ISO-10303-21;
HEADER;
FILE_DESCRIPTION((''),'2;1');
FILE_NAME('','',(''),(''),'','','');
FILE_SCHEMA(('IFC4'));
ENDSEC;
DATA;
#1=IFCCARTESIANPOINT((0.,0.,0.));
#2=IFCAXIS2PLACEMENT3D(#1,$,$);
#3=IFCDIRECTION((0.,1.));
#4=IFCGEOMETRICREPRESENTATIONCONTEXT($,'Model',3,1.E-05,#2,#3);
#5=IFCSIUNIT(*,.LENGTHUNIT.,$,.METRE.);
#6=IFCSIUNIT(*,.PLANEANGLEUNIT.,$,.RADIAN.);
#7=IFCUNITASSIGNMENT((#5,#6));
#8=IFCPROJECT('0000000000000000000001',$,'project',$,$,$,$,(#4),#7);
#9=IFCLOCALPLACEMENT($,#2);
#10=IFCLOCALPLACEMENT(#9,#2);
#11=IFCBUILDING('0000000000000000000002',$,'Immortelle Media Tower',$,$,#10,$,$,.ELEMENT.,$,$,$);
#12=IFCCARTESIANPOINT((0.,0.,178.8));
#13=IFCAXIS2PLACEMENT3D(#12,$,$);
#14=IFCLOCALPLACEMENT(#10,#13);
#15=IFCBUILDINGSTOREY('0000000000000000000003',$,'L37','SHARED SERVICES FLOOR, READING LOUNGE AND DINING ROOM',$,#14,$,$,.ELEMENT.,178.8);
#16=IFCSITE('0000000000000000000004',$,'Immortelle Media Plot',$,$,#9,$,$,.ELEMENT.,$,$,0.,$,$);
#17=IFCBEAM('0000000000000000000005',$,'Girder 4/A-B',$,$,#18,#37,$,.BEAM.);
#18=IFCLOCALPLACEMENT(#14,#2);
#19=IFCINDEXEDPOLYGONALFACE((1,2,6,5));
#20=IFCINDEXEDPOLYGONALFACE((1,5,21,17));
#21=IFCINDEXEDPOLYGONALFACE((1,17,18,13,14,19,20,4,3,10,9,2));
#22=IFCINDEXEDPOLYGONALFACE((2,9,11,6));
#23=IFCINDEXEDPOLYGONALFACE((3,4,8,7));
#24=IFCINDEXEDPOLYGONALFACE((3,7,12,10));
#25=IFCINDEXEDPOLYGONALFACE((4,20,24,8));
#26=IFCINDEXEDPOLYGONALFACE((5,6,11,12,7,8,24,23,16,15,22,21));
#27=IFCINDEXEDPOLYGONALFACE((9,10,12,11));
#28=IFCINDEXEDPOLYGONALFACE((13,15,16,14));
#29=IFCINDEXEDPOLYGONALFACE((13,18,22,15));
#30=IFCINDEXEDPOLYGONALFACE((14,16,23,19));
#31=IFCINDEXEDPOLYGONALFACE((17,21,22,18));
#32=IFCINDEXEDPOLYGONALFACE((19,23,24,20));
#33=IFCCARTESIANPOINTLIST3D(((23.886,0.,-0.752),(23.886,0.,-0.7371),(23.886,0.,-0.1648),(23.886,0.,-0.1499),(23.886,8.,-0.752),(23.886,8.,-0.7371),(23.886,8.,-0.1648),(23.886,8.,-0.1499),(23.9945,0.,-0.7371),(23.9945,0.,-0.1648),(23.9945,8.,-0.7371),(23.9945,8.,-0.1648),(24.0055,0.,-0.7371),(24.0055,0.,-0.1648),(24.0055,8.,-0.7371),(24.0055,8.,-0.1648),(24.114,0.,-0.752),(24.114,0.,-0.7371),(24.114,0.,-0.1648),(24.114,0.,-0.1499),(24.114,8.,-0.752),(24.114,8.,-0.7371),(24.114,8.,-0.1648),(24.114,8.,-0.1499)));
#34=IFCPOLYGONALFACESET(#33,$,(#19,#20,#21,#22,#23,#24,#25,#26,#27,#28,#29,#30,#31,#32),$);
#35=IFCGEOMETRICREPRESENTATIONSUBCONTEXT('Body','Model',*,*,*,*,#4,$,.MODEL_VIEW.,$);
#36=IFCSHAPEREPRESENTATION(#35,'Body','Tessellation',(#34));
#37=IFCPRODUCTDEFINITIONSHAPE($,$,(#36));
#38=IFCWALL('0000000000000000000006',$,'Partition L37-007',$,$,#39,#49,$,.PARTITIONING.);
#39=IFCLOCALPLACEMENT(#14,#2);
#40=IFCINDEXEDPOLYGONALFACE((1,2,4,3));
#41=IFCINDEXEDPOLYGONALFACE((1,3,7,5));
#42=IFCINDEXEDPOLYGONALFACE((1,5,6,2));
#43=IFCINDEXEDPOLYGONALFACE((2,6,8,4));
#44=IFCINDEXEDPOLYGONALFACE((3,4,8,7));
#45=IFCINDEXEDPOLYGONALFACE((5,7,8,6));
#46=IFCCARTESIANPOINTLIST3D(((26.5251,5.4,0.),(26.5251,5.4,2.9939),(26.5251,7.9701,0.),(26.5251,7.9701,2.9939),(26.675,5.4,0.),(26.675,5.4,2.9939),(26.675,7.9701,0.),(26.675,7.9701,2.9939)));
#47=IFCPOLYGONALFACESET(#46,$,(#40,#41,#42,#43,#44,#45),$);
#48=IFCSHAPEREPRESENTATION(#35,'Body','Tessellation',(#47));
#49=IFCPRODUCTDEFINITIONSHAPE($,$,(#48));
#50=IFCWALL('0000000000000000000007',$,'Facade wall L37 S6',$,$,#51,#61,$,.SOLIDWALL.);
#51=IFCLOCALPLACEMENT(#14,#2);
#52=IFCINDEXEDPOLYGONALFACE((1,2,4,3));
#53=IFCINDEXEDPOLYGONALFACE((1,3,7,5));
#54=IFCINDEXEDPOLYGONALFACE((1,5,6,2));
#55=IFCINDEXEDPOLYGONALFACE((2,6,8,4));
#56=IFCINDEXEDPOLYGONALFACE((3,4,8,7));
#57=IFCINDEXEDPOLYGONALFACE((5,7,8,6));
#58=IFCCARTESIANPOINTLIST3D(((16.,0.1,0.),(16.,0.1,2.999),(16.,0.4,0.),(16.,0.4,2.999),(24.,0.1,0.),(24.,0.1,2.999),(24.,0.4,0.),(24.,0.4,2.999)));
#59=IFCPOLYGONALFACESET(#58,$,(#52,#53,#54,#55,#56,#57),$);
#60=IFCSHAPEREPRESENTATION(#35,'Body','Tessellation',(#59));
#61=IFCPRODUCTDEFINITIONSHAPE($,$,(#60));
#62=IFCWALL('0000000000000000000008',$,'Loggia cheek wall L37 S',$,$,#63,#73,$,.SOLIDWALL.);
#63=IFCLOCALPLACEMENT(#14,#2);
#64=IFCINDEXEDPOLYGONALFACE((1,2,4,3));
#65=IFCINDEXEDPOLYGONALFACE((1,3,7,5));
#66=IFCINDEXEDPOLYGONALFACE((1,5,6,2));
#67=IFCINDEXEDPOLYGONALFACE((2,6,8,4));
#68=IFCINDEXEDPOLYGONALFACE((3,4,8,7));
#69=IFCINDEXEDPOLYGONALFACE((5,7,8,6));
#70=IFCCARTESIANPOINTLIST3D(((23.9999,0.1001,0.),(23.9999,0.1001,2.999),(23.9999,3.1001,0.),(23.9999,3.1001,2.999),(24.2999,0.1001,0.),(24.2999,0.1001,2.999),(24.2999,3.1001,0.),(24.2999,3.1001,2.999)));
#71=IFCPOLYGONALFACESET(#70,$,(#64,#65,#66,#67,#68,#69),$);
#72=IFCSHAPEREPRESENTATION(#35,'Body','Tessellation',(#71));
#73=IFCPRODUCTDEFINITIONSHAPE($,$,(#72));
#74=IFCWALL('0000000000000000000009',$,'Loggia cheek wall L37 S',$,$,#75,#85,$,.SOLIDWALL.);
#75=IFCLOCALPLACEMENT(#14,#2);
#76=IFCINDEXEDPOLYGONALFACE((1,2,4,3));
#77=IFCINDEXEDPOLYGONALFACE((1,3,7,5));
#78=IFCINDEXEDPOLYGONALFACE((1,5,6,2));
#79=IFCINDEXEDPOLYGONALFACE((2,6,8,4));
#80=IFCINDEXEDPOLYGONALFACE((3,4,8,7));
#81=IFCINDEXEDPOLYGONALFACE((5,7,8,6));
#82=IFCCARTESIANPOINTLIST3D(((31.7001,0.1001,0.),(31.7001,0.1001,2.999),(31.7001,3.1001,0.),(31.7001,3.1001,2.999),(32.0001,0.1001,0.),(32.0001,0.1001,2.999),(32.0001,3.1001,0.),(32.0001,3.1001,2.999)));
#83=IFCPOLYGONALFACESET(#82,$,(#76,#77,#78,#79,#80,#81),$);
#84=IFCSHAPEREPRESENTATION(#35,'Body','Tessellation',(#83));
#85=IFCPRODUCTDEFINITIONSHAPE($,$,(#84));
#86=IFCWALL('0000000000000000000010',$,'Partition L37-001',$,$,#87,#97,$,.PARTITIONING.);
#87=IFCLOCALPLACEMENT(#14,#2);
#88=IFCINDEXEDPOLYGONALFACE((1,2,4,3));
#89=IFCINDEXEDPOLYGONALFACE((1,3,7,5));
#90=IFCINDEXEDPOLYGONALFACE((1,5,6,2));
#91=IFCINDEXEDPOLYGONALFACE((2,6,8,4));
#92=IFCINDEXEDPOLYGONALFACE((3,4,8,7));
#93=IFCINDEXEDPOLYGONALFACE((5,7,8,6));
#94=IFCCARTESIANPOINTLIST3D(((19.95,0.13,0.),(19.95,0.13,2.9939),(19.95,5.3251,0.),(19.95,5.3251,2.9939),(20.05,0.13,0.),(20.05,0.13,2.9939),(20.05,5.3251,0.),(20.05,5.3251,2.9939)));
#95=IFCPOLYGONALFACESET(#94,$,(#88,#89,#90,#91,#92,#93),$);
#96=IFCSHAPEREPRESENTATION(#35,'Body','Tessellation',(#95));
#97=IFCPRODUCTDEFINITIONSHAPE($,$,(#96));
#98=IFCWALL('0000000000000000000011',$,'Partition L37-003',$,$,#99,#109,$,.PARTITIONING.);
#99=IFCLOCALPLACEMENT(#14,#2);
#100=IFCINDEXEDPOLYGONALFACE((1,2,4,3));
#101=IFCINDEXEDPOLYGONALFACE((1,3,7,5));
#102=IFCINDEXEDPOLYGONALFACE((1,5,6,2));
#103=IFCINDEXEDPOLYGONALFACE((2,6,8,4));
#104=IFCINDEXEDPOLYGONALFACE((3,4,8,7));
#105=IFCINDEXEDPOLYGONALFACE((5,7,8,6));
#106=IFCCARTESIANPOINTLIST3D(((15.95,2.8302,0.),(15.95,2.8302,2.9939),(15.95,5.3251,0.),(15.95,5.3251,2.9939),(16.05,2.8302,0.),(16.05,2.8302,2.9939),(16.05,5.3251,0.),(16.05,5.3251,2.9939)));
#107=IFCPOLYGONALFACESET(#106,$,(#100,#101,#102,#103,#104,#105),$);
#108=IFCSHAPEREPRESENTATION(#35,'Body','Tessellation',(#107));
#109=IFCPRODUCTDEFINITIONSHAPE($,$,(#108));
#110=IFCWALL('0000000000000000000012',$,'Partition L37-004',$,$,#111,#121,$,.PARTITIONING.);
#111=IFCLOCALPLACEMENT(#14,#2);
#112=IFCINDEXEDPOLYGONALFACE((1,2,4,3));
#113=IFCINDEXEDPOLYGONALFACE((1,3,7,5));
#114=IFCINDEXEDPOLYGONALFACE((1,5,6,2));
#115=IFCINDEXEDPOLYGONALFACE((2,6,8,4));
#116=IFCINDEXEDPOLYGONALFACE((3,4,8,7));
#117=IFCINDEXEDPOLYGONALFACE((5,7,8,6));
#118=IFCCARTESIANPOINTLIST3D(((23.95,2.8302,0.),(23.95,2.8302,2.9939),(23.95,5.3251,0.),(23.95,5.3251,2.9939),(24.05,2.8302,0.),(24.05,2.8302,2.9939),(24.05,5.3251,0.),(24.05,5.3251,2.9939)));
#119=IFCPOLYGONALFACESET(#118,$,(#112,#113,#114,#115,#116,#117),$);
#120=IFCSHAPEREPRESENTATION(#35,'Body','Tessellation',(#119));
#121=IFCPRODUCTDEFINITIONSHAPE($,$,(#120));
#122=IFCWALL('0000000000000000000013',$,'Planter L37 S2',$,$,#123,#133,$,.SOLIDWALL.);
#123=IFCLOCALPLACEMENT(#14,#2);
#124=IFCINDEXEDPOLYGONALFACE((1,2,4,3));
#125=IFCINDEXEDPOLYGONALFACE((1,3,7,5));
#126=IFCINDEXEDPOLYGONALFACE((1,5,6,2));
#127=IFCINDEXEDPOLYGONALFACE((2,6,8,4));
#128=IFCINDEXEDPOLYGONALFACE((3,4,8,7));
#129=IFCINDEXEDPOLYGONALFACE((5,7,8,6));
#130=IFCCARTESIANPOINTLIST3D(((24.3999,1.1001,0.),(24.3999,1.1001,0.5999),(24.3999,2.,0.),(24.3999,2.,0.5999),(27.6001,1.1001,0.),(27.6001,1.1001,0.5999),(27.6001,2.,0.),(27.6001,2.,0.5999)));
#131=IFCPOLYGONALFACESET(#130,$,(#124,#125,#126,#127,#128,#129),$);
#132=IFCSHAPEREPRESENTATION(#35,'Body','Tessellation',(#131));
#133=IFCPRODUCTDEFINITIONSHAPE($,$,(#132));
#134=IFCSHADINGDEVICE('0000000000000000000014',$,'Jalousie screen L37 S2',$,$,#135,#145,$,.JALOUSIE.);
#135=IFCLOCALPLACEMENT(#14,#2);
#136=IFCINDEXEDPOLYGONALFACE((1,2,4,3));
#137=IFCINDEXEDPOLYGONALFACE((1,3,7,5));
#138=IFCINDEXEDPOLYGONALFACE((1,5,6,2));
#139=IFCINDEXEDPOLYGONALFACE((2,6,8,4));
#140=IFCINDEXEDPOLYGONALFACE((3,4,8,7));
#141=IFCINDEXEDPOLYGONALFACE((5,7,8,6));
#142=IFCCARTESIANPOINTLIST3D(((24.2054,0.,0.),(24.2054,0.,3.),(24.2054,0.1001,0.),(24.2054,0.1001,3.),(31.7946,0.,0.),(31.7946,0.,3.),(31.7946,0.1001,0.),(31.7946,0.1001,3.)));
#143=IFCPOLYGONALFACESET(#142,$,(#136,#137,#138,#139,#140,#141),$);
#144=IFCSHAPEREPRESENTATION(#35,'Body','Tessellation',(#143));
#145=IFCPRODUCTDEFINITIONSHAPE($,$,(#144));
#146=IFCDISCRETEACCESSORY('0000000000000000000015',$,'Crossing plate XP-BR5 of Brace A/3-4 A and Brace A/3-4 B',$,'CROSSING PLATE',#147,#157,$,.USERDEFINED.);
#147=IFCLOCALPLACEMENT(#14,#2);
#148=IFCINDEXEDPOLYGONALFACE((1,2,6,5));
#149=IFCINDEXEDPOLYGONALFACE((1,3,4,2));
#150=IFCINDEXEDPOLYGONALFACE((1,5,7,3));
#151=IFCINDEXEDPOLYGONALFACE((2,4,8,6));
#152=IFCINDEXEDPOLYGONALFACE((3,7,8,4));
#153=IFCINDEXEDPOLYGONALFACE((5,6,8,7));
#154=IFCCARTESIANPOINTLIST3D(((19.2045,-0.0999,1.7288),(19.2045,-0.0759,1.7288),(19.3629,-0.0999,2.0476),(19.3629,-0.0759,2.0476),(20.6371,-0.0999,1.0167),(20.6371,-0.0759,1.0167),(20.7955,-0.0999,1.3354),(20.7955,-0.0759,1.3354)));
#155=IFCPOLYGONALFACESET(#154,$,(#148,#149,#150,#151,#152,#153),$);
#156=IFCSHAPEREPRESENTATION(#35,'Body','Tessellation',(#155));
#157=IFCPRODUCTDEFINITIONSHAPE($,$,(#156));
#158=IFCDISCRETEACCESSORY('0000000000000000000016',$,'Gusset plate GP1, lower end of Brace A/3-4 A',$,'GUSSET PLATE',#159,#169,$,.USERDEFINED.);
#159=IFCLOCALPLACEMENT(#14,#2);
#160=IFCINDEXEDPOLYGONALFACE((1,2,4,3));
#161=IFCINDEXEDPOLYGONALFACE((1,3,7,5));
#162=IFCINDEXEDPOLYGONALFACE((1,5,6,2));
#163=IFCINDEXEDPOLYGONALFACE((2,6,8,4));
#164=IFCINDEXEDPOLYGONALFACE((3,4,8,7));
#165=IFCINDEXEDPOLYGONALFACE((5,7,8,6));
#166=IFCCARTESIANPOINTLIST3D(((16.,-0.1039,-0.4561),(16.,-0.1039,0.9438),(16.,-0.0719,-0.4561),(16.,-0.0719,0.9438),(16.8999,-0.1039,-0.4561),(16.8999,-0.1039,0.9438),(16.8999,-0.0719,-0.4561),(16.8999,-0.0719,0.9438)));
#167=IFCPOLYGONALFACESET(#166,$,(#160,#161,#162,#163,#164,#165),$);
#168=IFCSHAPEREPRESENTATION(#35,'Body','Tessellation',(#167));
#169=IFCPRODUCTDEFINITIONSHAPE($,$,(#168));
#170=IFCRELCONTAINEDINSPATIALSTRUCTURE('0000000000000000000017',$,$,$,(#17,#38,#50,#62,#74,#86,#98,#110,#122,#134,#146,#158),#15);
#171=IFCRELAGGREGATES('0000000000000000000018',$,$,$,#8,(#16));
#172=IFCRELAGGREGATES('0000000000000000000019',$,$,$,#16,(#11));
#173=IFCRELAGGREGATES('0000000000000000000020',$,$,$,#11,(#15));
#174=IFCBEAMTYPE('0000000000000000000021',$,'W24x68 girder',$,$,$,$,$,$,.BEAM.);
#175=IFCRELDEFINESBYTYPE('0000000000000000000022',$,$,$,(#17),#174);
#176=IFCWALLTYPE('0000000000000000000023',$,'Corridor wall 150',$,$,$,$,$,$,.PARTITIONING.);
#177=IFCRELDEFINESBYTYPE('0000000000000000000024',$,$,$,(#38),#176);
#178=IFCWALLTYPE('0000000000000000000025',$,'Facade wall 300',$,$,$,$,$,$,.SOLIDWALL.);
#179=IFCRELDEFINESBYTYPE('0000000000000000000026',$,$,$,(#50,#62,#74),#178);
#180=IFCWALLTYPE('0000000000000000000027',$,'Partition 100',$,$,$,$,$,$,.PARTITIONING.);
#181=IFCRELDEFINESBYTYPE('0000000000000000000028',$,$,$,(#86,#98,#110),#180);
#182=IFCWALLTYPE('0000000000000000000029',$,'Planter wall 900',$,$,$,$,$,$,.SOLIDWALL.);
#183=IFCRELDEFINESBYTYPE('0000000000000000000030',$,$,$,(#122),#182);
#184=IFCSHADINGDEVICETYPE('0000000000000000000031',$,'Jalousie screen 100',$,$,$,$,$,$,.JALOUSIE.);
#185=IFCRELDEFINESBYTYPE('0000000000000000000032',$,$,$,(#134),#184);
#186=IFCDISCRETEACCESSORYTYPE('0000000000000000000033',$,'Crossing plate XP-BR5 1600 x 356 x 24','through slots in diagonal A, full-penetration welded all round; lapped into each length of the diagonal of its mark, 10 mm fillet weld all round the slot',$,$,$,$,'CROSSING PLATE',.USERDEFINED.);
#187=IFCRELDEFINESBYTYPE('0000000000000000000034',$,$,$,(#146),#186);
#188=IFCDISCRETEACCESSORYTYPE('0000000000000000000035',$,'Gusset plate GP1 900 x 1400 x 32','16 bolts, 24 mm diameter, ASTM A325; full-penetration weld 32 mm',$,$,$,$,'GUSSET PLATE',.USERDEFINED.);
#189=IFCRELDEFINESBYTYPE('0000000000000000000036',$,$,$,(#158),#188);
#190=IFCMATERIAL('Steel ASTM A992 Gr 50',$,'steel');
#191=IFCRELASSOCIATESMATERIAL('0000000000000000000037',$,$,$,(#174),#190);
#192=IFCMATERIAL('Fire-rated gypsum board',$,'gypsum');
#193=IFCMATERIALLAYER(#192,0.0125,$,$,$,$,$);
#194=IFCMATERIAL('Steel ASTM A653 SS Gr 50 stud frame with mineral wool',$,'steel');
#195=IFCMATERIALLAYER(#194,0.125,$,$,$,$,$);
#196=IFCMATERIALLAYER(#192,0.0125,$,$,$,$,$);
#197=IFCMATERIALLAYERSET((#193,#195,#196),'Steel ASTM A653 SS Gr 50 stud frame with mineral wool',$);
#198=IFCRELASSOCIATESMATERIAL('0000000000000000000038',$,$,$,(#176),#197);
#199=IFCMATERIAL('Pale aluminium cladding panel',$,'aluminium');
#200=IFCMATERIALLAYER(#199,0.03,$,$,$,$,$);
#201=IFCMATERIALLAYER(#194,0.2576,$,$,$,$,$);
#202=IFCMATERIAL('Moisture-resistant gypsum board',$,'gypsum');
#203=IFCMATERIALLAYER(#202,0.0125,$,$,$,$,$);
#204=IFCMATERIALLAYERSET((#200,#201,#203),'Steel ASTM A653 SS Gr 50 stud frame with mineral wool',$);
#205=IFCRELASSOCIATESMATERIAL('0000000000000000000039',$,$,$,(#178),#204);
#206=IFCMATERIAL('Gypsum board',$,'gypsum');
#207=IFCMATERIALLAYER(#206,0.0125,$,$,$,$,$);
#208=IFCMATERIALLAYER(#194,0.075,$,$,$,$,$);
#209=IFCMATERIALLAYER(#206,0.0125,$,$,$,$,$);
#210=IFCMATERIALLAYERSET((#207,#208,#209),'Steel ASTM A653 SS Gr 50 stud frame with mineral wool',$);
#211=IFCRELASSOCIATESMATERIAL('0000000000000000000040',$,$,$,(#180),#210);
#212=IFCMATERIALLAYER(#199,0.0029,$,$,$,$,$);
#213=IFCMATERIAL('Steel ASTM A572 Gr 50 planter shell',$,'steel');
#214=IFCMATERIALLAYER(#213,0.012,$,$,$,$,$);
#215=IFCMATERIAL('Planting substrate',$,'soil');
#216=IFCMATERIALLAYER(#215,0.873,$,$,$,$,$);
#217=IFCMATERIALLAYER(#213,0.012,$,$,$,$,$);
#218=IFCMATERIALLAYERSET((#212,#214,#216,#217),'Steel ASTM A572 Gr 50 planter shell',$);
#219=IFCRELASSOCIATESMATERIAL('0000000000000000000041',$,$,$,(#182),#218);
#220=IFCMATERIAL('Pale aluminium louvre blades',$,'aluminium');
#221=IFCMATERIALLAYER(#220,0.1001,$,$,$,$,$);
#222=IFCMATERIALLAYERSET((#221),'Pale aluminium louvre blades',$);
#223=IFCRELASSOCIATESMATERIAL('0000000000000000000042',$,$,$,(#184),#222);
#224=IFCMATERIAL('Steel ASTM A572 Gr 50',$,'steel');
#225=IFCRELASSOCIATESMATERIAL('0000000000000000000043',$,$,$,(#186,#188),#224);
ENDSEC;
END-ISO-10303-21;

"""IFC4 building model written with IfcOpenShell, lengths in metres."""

from ifc_helpers import new_model, si_unit, direction, frame, frame_2d, origin, origin_2d, place, context, subcontext, project, spatial, rectangle, i_section, extrude, material, layer, layer_set, material_profile, profile_set, type_object, element, save


model = new_model("IFC4")

# Units and contexts
model_context = context("Model", 3, precision=1e-05, world=origin(), true_north=direction((0.0, 1.0)))
body_context = subcontext(model_context, "Body", "Model", "MODEL_VIEW")
ifc_project = project(units=[si_unit("LENGTHUNIT", "METRE"), si_unit("PLANEANGLEUNIT", "RADIAN")], contexts=[model_context])

# Site, building, storey
site_placement = place(None, origin())
site = spatial("IfcSite", under=ifc_project, at=site_placement, Name="Immortelle Media Plot", CompositionType="ELEMENT", RefElevation=0.0)
building_placement = place(site_placement, origin())
building = spatial("IfcBuilding", under=site, at=building_placement, Name="Immortelle Media Tower", CompositionType="ELEMENT")
storey_placement = place(building_placement, frame((0.0, 0.0, 178.8)))
storey = spatial("IfcBuildingStorey", under=building, at=storey_placement, Name="L37", Description="SHARED SERVICES FLOOR, READING LOUNGE AND DINING ROOM", CompositionType="ELEMENT", Elevation=178.8)

# Shared definitions
ifc_material_1 = material(Name="Steel ASTM A992 Gr 50", Category="steel")

# Beam
ifc_material_profile_1 = material_profile(ifc_material_1, i_section(OverallWidth=0.228, OverallDepth=0.6021, WebThickness=0.011, FlangeThickness=0.0149, at=origin_2d()), Name="W24x68")
ifc_profile_set_1 = profile_set([ifc_material_profile_1], Name="Steel ASTM A992 Gr 50")
beam_type_1 = type_object("IfcBeamType", Name="W24x68 girder", PredefinedType="BEAM", material=ifc_profile_set_1)
for number, where, z_axis, x_axis, name in (
    (1, (24.0, 0.0, -0.4509), (0.0, 1.0, 0.0), (-1.0, 0.0, 0.0), "Girder 4/A-B"),
):
    element("IfcBeam", number, at=place(storey_placement, frame(where, z_axis=z_axis, x_axis=x_axis)), inside=storey, type_object=beam_type_1, Name=name, PredefinedType="BEAM", context=body_context, shape_type="SweptSolid", body=[
        extrude(i_section(OverallWidth=0.228, OverallDepth=0.6021, WebThickness=0.011, FlangeThickness=0.0149, at=origin_2d()), origin(), (0.0, 0.0, 1.0), 8.0),
    ])

# Walls
ifc_material_2 = material(Name="Fire-rated gypsum board", Category="gypsum")
ifc_layer_1 = layer(ifc_material_2, 0.0125)
ifc_material_3 = material(Name="Steel ASTM A653 SS Gr 50 stud frame with mineral wool", Category="steel")
ifc_layer_2 = layer(ifc_material_3, 0.125)
ifc_layer_3 = layer(ifc_material_2, 0.0125)
ifc_layer_set_1 = layer_set([ifc_layer_1, ifc_layer_2, ifc_layer_3], Name="Steel ASTM A653 SS Gr 50 stud frame with mineral wool")
wall_type_1 = type_object("IfcWallType", Name="Corridor wall 150", PredefinedType="PARTITIONING", material=ifc_layer_set_1)
wall_1_placement = place(storey_placement, frame((26.6001, 5.3999, 0.0), z_axis=(0.0, 0.0, 1.0), x_axis=(0.0, 1.0, 0.0)))
element("IfcWall", 2, at=wall_1_placement, inside=storey, type_object=wall_type_1, Name="Partition L37-007", PredefinedType="PARTITIONING", context=body_context, shape_type="SweptSolid", body=[
    extrude(rectangle(XDim=2.5701, YDim=0.1499, at=frame_2d((1.2852, 0.0))), origin(), (0.0, 0.0, 1.0), 2.9939),
])
ifc_material_4 = material(Name="Pale aluminium cladding panel", Category="aluminium")
ifc_layer_4 = layer(ifc_material_4, 0.03)
ifc_layer_5 = layer(ifc_material_3, 0.2576)
ifc_material_5 = material(Name="Moisture-resistant gypsum board", Category="gypsum")
ifc_layer_6 = layer(ifc_material_5, 0.0125)
ifc_layer_set_2 = layer_set([ifc_layer_4, ifc_layer_5, ifc_layer_6], Name="Steel ASTM A653 SS Gr 50 stud frame with mineral wool")
wall_type_2 = type_object("IfcWallType", Name="Facade wall 300", PredefinedType="SOLIDWALL", material=ifc_layer_set_2)
wall_2_placement = place(storey_placement, frame((16.0, 0.25, 0.0), z_axis=(0.0, 0.0, 1.0), x_axis=(1.0, 0.0, 0.0)))
element("IfcWall", 3, at=wall_2_placement, inside=storey, type_object=wall_type_2, Name="Facade wall L37 S6", PredefinedType="SOLIDWALL", context=body_context, shape_type="SweptSolid", body=[
    extrude(rectangle(XDim=8.0, YDim=0.3, at=frame_2d((4.0, 0.0))), origin(), (0.0, 0.0, 1.0), 2.999),
])

# Walls
for number, where, z_axis, x_axis, name in (
    (4, (24.1499, 0.1001, 0.0), (0.0, 0.0, 1.0), (0.0, 1.0, 0.0), "Loggia cheek wall L37 S"),
    (5, (31.8501, 0.1001, 0.0), (0.0, 0.0, 1.0), (0.0, 1.0, 0.0), "Loggia cheek wall L37 S"),
):
    element("IfcWall", number, at=place(storey_placement, frame(where, z_axis=z_axis, x_axis=x_axis)), inside=storey, type_object=wall_type_2, Name=name, PredefinedType="SOLIDWALL", context=body_context, shape_type="SweptSolid", body=[
        extrude(rectangle(XDim=3.0, YDim=0.3, at=frame_2d((1.5, 0.0))), origin(), (0.0, 0.0, 1.0), 2.999),
    ])
ifc_material_6 = material(Name="Gypsum board", Category="gypsum")
ifc_layer_7 = layer(ifc_material_6, 0.0125)
ifc_layer_8 = layer(ifc_material_3, 0.075)
ifc_layer_9 = layer(ifc_material_6, 0.0125)
ifc_layer_set_3 = layer_set([ifc_layer_7, ifc_layer_8, ifc_layer_9], Name="Steel ASTM A653 SS Gr 50 stud frame with mineral wool")
wall_type_3 = type_object("IfcWallType", Name="Partition 100", PredefinedType="PARTITIONING", material=ifc_layer_set_3)
wall_3_placement = place(storey_placement, frame((20.0, 0.1299, 0.0), z_axis=(0.0, 0.0, 1.0), x_axis=(0.0, 1.0, 0.0)))
element("IfcWall", 6, at=wall_3_placement, inside=storey, type_object=wall_type_3, Name="Partition L37-001", PredefinedType="PARTITIONING", context=body_context, shape_type="SweptSolid", body=[
    extrude(rectangle(XDim=5.1951, YDim=0.1001, at=frame_2d((2.5977, 0.0))), origin(), (0.0, 0.0, 1.0), 2.9939),
])
for number, where, z_axis, x_axis, name in (
    (7, (16.0, 2.8301, 0.0), (0.0, 0.0, 1.0), (0.0, 1.0, 0.0), "Partition L37-003"),
    (8, (24.0, 2.8301, 0.0), (0.0, 0.0, 1.0), (0.0, 1.0, 0.0), "Partition L37-004"),
):
    element("IfcWall", number, at=place(storey_placement, frame(where, z_axis=z_axis, x_axis=x_axis)), inside=storey, type_object=wall_type_3, Name=name, PredefinedType="PARTITIONING", context=body_context, shape_type="SweptSolid", body=[
        extrude(rectangle(XDim=2.4949, YDim=0.1001, at=frame_2d((1.2476, 0.0))), origin(), (0.0, 0.0, 1.0), 2.9939),
    ])
ifc_layer_10 = layer(ifc_material_4, 0.0029)
ifc_material_7 = material(Name="Steel ASTM A572 Gr 50 planter shell", Category="steel")
ifc_layer_11 = layer(ifc_material_7, 0.012)
ifc_material_8 = material(Name="Planting substrate", Category="soil")
ifc_layer_12 = layer(ifc_material_8, 0.873)
ifc_layer_13 = layer(ifc_material_7, 0.012)
ifc_layer_set_4 = layer_set([ifc_layer_10, ifc_layer_11, ifc_layer_12, ifc_layer_13], Name="Steel ASTM A572 Gr 50 planter shell")
wall_type_4 = type_object("IfcWallType", Name="Planter wall 900", PredefinedType="SOLIDWALL", material=ifc_layer_set_4)
wall_4_placement = place(storey_placement, frame((24.3999, 1.55, 0.0), z_axis=(0.0, 0.0, 1.0), x_axis=(1.0, 0.0, 0.0)))
element("IfcWall", 9, at=wall_4_placement, inside=storey, type_object=wall_type_4, Name="Planter L37 S2", PredefinedType="SOLIDWALL", context=body_context, shape_type="SweptSolid", body=[
    extrude(rectangle(XDim=3.2002, YDim=0.8999, at=frame_2d((1.6001, 0.0))), origin(), (0.0, 0.0, 1.0), 0.5999),
])

# Shading device
ifc_material_9 = material(Name="Pale aluminium louvre blades", Category="aluminium")
ifc_layer_14 = layer(ifc_material_9, 0.1001)
ifc_layer_set_5 = layer_set([ifc_layer_14], Name="Pale aluminium louvre blades")
shading_device_type = type_object("IfcShadingDeviceType", Name="Jalousie screen 100", PredefinedType="JALOUSIE", material=ifc_layer_set_5)
shading_device_placement = place(storey_placement, frame((28.0, 0.05, 0.0), z_axis=(0.0, 0.0, 1.0), x_axis=(1.0, 0.0, 0.0)))
element("IfcShadingDevice", 10, at=shading_device_placement, inside=storey, type_object=shading_device_type, Name="Jalousie screen L37 S2", PredefinedType="JALOUSIE", context=body_context, shape_type="SweptSolid", body=[
    extrude(rectangle(XDim=7.5891, YDim=0.1001, at=origin_2d()), origin(), (0.0, 0.0, 1.0), 3.0),
])

# Discrete accessories
ifc_material_10 = material(Name="Steel ASTM A572 Gr 50", Category="steel")
ifc_material_profile_2 = material_profile(ifc_material_10, rectangle(XDim=0.0239, YDim=0.356, at=origin_2d()), Name="PL 24 x 356")
ifc_profile_set_2 = profile_set([ifc_material_profile_2], Name="Steel ASTM A572 Gr 50")
discrete_accessory_type_1 = type_object("IfcDiscreteAccessoryType", Name="Crossing plate XP-BR5 1600 x 356 x 24", Description="through slots in diagonal A, full-penetration welded all round; lapped into each length of the diagonal of its mark, 10 mm fillet weld all round the slot", ElementType="CROSSING PLATE", PredefinedType="USERDEFINED", material=ifc_profile_set_2)
discrete_accessory_placement = place(storey_placement, frame((19.2837, -0.0879, 1.8882), z_axis=(0.895462, 0.0, -0.445137), x_axis=(0.0, 1.0, 0.0)))
element("IfcDiscreteAccessory", 11, at=discrete_accessory_placement, inside=storey, type_object=discrete_accessory_type_1, Name="Crossing plate XP-BR5 of Brace A/3-4 A and Brace A/3-4 B", ObjectType="CROSSING PLATE", PredefinedType="USERDEFINED", context=body_context, shape_type="SweptSolid", body=[
    extrude(rectangle(XDim=0.0239, YDim=0.356, at=origin_2d()), origin(), (0.0, 0.0, 1.0), 1.5999),
])
ifc_material_profile_3 = material_profile(ifc_material_10, rectangle(XDim=0.032, YDim=1.3999, at=origin_2d()), Name="PL 32 x 1400")
ifc_profile_set_3 = profile_set([ifc_material_profile_3], Name="Steel ASTM A572 Gr 50")
discrete_accessory_type_2 = type_object("IfcDiscreteAccessoryType", Name="Gusset plate GP1 900 x 1400 x 32", Description="16 bolts, 24 mm diameter, ASTM A325; full-penetration weld 32 mm", ElementType="GUSSET PLATE", PredefinedType="USERDEFINED", material=ifc_profile_set_3)
for number, where, z_axis, x_axis, name in (
    (12, (16.0, -0.0879, 0.2439), (1.0, 0.0, 0.0), (0.0, 1.0, 0.0), "Gusset plate GP1, lower end of Brace A/3-4 A"),
):
    element("IfcDiscreteAccessory", number, at=place(storey_placement, frame(where, z_axis=z_axis, x_axis=x_axis)), inside=storey, type_object=discrete_accessory_type_2, Name=name, ObjectType="GUSSET PLATE", PredefinedType="USERDEFINED", context=body_context, shape_type="SweptSolid", body=[
        extrude(rectangle(XDim=0.032, YDim=1.3999, at=origin_2d()), origin(), (0.0, 0.0, 1.0), 0.8999),
    ])

save(model, "model.ifc")
